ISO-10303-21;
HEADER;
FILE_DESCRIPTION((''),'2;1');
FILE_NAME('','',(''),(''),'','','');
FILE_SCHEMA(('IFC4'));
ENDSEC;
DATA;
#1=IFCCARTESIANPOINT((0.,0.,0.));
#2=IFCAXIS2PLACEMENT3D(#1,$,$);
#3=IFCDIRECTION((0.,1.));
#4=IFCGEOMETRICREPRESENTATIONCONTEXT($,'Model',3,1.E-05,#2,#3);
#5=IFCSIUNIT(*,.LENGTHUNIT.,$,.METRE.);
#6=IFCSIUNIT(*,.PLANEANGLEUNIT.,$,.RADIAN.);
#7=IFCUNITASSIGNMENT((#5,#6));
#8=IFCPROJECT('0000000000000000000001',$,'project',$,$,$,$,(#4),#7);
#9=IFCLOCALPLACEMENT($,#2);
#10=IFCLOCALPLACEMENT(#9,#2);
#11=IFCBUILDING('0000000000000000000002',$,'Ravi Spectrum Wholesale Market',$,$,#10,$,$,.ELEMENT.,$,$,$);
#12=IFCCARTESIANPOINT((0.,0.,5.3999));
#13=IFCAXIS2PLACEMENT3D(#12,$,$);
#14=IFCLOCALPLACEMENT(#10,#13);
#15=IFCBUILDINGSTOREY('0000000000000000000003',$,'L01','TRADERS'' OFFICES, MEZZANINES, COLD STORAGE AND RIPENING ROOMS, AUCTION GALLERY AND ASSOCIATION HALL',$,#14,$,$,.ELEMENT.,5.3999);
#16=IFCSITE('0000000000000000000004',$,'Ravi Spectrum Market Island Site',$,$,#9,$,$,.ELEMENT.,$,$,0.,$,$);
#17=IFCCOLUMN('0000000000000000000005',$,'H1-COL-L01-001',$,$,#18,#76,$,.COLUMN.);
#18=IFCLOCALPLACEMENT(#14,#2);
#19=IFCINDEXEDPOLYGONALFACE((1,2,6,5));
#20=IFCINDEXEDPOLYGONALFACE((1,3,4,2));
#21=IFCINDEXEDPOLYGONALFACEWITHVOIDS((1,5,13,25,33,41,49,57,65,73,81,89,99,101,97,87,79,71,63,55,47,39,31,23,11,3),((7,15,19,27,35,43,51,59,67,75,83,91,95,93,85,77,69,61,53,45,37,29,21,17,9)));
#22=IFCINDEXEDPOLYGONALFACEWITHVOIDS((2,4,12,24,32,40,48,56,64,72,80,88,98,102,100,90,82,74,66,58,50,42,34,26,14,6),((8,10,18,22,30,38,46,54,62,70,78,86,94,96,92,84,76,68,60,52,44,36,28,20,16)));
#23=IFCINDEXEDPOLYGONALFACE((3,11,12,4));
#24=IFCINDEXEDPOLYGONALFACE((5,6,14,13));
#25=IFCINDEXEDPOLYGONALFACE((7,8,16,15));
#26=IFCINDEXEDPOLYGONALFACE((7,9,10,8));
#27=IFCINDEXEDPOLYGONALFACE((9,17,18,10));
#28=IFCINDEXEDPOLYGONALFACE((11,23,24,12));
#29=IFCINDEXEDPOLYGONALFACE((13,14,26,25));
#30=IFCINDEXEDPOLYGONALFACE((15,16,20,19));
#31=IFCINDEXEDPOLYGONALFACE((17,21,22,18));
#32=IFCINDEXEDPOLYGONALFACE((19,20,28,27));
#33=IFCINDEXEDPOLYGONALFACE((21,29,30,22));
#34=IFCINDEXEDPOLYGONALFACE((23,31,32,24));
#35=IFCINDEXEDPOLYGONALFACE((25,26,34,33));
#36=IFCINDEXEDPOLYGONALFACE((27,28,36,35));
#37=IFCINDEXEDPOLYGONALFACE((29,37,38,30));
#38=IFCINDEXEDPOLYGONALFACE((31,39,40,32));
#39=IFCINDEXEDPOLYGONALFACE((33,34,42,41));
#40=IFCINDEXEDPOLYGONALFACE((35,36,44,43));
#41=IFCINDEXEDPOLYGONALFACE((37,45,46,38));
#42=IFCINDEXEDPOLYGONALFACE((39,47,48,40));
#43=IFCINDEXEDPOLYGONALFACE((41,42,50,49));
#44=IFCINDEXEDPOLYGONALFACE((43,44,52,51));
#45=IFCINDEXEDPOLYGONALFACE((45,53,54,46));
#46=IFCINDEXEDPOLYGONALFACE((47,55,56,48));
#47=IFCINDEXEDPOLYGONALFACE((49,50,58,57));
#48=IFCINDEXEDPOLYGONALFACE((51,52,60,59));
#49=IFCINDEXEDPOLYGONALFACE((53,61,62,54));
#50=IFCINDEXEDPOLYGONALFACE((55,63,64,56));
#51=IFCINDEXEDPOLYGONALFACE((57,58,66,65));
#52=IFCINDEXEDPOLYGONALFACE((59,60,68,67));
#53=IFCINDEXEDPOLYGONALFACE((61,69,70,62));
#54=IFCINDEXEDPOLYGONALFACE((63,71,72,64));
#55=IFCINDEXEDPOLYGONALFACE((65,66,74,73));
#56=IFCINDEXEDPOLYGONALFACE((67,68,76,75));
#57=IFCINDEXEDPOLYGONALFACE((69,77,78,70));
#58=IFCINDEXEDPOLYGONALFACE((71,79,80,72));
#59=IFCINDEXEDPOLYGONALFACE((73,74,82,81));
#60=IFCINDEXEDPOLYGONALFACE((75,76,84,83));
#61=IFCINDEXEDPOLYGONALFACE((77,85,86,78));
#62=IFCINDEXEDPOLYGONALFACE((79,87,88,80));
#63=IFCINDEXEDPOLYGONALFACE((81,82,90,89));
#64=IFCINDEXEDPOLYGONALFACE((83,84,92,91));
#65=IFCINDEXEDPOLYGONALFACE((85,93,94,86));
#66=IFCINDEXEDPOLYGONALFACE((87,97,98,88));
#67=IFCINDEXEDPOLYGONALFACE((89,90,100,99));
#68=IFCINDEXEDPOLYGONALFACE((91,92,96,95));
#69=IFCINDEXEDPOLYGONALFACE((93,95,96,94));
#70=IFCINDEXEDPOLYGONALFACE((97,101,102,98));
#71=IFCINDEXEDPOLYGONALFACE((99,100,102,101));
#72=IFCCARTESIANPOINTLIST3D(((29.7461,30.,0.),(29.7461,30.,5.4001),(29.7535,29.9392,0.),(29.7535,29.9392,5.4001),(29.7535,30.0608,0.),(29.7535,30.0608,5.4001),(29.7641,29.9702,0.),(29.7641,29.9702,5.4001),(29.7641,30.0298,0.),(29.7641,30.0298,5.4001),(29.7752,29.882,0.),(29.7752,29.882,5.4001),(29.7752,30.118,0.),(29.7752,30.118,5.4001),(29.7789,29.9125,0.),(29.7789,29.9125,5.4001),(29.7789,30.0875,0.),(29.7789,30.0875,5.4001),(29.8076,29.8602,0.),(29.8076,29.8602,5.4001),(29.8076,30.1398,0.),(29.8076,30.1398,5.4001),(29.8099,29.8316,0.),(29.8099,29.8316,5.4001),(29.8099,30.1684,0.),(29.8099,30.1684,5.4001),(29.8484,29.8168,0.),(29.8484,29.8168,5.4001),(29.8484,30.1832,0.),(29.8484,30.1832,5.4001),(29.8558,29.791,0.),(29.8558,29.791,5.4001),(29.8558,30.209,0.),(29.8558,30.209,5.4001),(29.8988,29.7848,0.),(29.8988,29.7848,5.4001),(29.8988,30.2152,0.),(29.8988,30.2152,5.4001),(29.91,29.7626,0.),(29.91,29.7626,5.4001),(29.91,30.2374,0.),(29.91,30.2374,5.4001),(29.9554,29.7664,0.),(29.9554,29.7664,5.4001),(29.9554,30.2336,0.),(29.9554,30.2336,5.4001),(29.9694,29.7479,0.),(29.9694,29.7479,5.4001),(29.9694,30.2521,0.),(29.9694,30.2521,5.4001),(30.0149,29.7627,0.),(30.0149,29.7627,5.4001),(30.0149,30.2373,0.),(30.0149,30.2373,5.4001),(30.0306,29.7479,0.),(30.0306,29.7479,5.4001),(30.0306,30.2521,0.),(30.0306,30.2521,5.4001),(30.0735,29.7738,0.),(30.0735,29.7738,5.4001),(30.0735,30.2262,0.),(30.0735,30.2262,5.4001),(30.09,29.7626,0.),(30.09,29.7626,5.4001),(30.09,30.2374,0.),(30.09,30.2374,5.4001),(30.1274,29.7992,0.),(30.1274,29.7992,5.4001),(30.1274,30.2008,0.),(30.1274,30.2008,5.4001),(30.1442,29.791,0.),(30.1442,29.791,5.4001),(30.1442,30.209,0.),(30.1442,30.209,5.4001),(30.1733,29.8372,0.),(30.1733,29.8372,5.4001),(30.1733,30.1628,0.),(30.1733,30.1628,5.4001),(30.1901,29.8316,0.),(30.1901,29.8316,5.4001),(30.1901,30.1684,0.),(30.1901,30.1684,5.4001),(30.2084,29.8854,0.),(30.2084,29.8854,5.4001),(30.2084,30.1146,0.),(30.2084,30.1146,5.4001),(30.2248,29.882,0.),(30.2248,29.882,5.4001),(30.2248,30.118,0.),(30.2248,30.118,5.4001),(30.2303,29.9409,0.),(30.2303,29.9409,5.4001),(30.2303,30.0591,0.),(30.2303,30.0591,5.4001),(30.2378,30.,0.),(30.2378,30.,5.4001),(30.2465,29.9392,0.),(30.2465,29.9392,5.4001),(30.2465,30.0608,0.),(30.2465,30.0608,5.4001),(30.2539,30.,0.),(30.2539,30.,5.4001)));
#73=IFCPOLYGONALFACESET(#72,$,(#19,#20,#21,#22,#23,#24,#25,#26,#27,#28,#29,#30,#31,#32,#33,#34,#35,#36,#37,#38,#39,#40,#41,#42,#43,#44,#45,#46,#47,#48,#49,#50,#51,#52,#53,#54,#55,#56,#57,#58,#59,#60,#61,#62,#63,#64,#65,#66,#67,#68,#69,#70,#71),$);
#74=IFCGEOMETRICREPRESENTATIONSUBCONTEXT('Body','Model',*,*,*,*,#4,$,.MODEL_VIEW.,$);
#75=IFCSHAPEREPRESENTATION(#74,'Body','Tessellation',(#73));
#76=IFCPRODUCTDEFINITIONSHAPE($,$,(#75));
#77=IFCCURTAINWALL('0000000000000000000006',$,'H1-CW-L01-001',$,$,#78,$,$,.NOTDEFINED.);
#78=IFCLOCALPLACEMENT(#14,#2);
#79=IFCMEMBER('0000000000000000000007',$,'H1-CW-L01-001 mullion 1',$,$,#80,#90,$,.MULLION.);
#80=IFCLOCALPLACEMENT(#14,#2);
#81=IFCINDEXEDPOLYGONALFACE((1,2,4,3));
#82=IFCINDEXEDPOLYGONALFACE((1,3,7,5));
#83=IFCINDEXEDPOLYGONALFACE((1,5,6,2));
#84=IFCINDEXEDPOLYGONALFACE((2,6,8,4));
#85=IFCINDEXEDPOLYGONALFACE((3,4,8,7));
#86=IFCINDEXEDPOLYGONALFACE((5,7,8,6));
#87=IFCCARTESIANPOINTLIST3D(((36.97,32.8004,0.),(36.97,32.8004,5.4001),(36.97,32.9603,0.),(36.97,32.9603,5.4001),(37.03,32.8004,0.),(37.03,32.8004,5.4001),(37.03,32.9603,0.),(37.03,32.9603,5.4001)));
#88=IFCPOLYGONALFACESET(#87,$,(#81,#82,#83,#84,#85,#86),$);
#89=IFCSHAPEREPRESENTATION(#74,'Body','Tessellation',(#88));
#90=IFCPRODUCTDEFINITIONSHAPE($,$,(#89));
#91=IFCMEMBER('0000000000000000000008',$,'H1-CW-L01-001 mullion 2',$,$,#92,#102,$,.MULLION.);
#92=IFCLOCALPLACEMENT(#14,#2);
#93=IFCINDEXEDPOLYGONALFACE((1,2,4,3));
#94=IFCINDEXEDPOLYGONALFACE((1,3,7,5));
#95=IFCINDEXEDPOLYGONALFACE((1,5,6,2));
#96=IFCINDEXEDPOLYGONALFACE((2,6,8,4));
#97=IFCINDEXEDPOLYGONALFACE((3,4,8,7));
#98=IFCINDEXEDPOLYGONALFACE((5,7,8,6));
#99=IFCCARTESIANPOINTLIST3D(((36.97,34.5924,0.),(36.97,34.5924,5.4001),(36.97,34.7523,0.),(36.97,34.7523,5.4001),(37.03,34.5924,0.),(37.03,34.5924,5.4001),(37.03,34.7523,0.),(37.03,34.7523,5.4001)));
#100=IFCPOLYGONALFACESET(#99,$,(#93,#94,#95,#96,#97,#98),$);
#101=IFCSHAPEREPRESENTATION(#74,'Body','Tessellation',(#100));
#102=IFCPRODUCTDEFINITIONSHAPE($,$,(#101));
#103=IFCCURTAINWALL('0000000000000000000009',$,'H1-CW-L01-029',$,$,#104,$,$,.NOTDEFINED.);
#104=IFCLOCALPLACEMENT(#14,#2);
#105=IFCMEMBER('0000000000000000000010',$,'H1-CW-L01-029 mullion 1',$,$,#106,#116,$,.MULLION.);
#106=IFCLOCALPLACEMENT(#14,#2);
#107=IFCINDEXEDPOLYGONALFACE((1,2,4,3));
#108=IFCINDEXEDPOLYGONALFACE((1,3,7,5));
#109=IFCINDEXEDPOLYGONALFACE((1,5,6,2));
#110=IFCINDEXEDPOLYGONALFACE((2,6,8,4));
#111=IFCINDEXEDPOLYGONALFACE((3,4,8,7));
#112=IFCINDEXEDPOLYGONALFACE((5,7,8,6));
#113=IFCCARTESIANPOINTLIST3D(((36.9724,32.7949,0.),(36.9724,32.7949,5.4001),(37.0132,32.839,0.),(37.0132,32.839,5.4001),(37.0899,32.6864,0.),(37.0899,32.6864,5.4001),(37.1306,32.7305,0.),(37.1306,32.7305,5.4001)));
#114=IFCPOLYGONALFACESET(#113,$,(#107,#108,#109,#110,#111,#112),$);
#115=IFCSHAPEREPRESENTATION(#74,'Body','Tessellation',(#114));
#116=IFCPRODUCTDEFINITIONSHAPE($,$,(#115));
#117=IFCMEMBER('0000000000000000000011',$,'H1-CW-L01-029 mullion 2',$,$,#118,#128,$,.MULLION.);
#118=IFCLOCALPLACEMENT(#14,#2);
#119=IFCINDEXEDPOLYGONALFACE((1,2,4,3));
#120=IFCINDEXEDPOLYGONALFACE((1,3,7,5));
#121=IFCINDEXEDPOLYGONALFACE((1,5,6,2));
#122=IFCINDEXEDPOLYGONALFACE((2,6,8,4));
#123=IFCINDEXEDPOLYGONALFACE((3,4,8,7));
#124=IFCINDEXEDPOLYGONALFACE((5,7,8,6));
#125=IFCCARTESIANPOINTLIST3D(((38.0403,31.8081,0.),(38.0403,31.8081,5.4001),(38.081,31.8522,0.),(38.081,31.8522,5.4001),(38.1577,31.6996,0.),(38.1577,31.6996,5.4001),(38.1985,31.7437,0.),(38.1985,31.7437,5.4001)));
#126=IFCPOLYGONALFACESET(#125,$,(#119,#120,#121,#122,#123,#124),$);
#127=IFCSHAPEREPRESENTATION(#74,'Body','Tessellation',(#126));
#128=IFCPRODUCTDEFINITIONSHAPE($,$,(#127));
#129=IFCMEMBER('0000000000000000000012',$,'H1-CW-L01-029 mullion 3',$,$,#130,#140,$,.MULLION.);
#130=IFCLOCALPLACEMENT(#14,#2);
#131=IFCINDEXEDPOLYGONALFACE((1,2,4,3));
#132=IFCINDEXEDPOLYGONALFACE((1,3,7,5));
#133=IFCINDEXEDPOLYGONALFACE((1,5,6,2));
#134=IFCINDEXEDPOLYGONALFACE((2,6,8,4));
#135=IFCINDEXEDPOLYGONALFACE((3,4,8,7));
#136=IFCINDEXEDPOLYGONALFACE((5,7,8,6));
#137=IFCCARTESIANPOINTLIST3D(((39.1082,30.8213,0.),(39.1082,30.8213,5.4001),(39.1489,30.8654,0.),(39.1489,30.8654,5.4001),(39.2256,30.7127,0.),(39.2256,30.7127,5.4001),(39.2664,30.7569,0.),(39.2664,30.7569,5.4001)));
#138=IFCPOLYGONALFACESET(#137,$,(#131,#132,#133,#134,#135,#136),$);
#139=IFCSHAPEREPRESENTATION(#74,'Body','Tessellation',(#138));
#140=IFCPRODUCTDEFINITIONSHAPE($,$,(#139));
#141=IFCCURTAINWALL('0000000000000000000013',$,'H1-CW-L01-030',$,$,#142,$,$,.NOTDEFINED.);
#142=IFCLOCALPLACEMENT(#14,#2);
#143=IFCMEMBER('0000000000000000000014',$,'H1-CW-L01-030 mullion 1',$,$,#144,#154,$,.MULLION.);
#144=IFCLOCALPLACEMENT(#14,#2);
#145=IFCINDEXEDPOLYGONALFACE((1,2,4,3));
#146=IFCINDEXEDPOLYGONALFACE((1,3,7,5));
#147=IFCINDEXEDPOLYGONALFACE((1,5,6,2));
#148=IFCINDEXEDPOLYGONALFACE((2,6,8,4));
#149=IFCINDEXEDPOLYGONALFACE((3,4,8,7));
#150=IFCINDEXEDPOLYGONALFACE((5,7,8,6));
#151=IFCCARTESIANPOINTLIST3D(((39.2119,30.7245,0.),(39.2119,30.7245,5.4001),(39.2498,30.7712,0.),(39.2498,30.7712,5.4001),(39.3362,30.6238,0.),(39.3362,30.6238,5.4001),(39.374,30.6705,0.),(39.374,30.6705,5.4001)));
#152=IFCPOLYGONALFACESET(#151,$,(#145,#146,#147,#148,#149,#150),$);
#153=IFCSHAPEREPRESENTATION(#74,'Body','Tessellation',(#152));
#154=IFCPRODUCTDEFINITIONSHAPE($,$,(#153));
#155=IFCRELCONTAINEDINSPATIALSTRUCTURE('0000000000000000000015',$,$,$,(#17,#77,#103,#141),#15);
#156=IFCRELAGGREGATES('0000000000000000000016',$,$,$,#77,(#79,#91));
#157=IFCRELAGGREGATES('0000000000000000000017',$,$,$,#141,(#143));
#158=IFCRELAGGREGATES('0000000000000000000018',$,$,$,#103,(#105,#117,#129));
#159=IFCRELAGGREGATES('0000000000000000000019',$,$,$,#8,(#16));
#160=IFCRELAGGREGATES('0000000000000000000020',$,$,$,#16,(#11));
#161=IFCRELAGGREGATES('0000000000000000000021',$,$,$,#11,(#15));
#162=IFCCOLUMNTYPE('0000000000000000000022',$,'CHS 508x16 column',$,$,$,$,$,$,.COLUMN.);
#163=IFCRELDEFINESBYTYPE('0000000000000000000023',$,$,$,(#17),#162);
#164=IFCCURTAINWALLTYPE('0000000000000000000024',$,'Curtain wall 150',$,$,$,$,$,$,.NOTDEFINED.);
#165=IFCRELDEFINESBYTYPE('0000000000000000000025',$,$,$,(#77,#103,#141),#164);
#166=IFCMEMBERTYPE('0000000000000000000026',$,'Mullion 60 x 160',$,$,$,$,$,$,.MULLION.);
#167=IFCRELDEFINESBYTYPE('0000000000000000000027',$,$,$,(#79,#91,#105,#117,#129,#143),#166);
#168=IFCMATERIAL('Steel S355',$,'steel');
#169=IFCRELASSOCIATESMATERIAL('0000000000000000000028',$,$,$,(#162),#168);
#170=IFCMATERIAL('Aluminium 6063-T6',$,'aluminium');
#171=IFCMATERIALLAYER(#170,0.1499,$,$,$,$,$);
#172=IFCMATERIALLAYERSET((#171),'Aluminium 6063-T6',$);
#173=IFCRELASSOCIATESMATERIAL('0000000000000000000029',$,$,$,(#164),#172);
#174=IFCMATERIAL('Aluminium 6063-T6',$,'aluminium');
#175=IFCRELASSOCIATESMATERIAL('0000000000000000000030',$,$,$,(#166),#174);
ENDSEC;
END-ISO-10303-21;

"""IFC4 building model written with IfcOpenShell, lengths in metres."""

from ifc_helpers import new_model, si_unit, direction, frame, origin, origin_2d, place, context, subcontext, project, spatial, rectangle, hollow_circle, extrude, material, layer, layer_set, material_profile, profile_set, type_object, element, aggregate, save


model = new_model("IFC4")

# Units and contexts
model_context = context("Model", 3, precision=1e-05, world=origin(), true_north=direction((0.0, 1.0)))
body_context = subcontext(model_context, "Body", "Model", "MODEL_VIEW")
ifc_project = project(units=[si_unit("LENGTHUNIT", "METRE"), si_unit("PLANEANGLEUNIT", "RADIAN")], contexts=[model_context])

# Site, building, storey
site_placement = place(None, origin())
site = spatial("IfcSite", under=ifc_project, at=site_placement, Name="Ravi Spectrum Market Island Site", CompositionType="ELEMENT", RefElevation=0.0)
building_placement = place(site_placement, origin())
building = spatial("IfcBuilding", under=site, at=building_placement, Name="Ravi Spectrum Wholesale Market", CompositionType="ELEMENT")
storey_placement = place(building_placement, frame((0.0, 0.0, 5.3999)))
storey = spatial("IfcBuildingStorey", under=building, at=storey_placement, Name="L01", Description="TRADERS' OFFICES, MEZZANINES, COLD STORAGE AND RIPENING ROOMS, AUCTION GALLERY AND ASSOCIATION HALL", CompositionType="ELEMENT", Elevation=5.3999)

# Column
ifc_material_1 = material(Name="Steel S355", Category="steel")
ifc_material_profile_1 = material_profile(ifc_material_1, hollow_circle(Radius=0.2539, WallThickness=0.0161, at=origin_2d()))
ifc_profile_set_1 = profile_set([ifc_material_profile_1], Name="Steel S355")
column_type = type_object("IfcColumnType", Name="CHS 508x16 column", PredefinedType="COLUMN", material=ifc_profile_set_1)
column_placement = place(storey_placement, frame((30.0, 30.0, 0.0), z_axis=(0.0, 0.0, 1.0), x_axis=(1.0, 0.0, 0.0)))
element("IfcColumn", 1, at=column_placement, inside=storey, type_object=column_type, Name="H1-COL-L01-001", PredefinedType="COLUMN", context=body_context, shape_type="SweptSolid", body=[
    extrude(hollow_circle(Radius=0.2539, WallThickness=0.0161, at=origin_2d()), origin(), (0.0, 0.0, 1.0), 5.4001),
])

# Curtain walls, members
ifc_material_2 = material(Name="Aluminium 6063-T6", Category="aluminium")
ifc_layer_1 = layer(ifc_material_2, 0.1499)
ifc_layer_set_1 = layer_set([ifc_layer_1], Name="Aluminium 6063-T6")
curtain_wall_type = type_object("IfcCurtainWallType", Name="Curtain wall 150", PredefinedType="NOTDEFINED", material=ifc_layer_set_1)
curtain_wall_1_placement = place(storey_placement, origin())
curtain_wall_1 = element("IfcCurtainWall", 2, at=curtain_wall_1_placement, inside=storey, type_object=curtain_wall_type, Name="H1-CW-L01-001", PredefinedType="NOTDEFINED")
ifc_material_3 = material(Name="Aluminium 6063-T6", Category="aluminium")
ifc_material_profile_2 = material_profile(ifc_material_3, rectangle(XDim=0.0601, YDim=0.1599, at=origin_2d()))
ifc_profile_set_2 = profile_set([ifc_material_profile_2], Name="Aluminium 6063-T6")
member_type_1 = type_object("IfcMemberType", Name="Mullion 60 x 160", PredefinedType="MULLION", material=ifc_profile_set_2)
member_1_placement = place(storey_placement, frame((37.0, 32.8804, 0.0), z_axis=(0.0, 0.0, 1.0), x_axis=(-1.0, 0.0, 0.0)))
member_1 = element("IfcMember", 3, at=member_1_placement, type_object=member_type_1, Name="H1-CW-L01-001 mullion 1", PredefinedType="MULLION", context=body_context, shape_type="SweptSolid", body=[
    extrude(rectangle(XDim=0.0601, YDim=0.1599, at=origin_2d()), origin(), (0.0, 0.0, 1.0), 5.4001),
])
member_2_placement = place(storey_placement, frame((37.0, 34.6724, 0.0), z_axis=(0.0, 0.0, 1.0), x_axis=(-1.0, 0.0, 0.0)))
member_2 = element("IfcMember", 4, at=member_2_placement, type_object=member_type_1, Name="H1-CW-L01-001 mullion 2", PredefinedType="MULLION", context=body_context, shape_type="SweptSolid", body=[
    extrude(rectangle(XDim=0.0601, YDim=0.1599, at=origin_2d()), origin(), (0.0, 0.0, 1.0), 5.4001),
])
curtain_wall_2_placement = place(storey_placement, origin())
curtain_wall_2 = element("IfcCurtainWall", 5, at=curtain_wall_2_placement, inside=storey, type_object=curtain_wall_type, Name="H1-CW-L01-029", PredefinedType="NOTDEFINED")
member_3_placement = place(storey_placement, frame((37.0515, 32.7627, 0.0), z_axis=(0.0, 0.0, 1.0), x_axis=(0.678669, 0.734444, 0.0)))
member_3 = element("IfcMember", 6, at=member_3_placement, type_object=member_type_1, Name="H1-CW-L01-029 mullion 1", PredefinedType="MULLION", context=body_context, shape_type="SweptSolid", body=[
    extrude(rectangle(XDim=0.0601, YDim=0.1599, at=origin_2d()), origin(), (0.0, 0.0, 1.0), 5.4001),
])
member_4_placement = place(storey_placement, frame((38.1194, 31.7759, 0.0), z_axis=(0.0, 0.0, 1.0), x_axis=(0.678669, 0.734444, 0.0)))
member_4 = element("IfcMember", 7, at=member_4_placement, type_object=member_type_1, Name="H1-CW-L01-029 mullion 2", PredefinedType="MULLION", context=body_context, shape_type="SweptSolid", body=[
    extrude(rectangle(XDim=0.0601, YDim=0.1599, at=origin_2d()), origin(), (0.0, 0.0, 1.0), 5.4001),
])
member_5_placement = place(storey_placement, frame((39.1873, 30.7891, 0.0), z_axis=(0.0, 0.0, 1.0), x_axis=(0.678669, 0.734444, 0.0)))
member_5 = element("IfcMember", 8, at=member_5_placement, type_object=member_type_1, Name="H1-CW-L01-029 mullion 3", PredefinedType="MULLION", context=body_context, shape_type="SweptSolid", body=[
    extrude(rectangle(XDim=0.0601, YDim=0.1599, at=origin_2d()), origin(), (0.0, 0.0, 1.0), 5.4001),
])

# Curtain wall, member
curtain_wall_3_placement = place(storey_placement, origin())
curtain_wall_3 = element("IfcCurtainWall", 9, at=curtain_wall_3_placement, inside=storey, type_object=curtain_wall_type, Name="H1-CW-L01-030", PredefinedType="NOTDEFINED")
member_6_placement = place(storey_placement, frame((39.293, 30.6975, 0.0), z_axis=(0.0, 0.0, 1.0), x_axis=(0.629635, 0.776891, 0.0)))
member_6 = element("IfcMember", 10, at=member_6_placement, type_object=member_type_1, Name="H1-CW-L01-030 mullion 1", PredefinedType="MULLION", context=body_context, shape_type="SweptSolid", body=[
    extrude(rectangle(XDim=0.0601, YDim=0.1599, at=origin_2d()), origin(), (0.0, 0.0, 1.0), 5.4001),
])

aggregate(curtain_wall_1, [member_1, member_2])
aggregate(curtain_wall_3, [member_6])

aggregate(curtain_wall_2, [member_3, member_4, member_5])

save(model, "model.ifc")
